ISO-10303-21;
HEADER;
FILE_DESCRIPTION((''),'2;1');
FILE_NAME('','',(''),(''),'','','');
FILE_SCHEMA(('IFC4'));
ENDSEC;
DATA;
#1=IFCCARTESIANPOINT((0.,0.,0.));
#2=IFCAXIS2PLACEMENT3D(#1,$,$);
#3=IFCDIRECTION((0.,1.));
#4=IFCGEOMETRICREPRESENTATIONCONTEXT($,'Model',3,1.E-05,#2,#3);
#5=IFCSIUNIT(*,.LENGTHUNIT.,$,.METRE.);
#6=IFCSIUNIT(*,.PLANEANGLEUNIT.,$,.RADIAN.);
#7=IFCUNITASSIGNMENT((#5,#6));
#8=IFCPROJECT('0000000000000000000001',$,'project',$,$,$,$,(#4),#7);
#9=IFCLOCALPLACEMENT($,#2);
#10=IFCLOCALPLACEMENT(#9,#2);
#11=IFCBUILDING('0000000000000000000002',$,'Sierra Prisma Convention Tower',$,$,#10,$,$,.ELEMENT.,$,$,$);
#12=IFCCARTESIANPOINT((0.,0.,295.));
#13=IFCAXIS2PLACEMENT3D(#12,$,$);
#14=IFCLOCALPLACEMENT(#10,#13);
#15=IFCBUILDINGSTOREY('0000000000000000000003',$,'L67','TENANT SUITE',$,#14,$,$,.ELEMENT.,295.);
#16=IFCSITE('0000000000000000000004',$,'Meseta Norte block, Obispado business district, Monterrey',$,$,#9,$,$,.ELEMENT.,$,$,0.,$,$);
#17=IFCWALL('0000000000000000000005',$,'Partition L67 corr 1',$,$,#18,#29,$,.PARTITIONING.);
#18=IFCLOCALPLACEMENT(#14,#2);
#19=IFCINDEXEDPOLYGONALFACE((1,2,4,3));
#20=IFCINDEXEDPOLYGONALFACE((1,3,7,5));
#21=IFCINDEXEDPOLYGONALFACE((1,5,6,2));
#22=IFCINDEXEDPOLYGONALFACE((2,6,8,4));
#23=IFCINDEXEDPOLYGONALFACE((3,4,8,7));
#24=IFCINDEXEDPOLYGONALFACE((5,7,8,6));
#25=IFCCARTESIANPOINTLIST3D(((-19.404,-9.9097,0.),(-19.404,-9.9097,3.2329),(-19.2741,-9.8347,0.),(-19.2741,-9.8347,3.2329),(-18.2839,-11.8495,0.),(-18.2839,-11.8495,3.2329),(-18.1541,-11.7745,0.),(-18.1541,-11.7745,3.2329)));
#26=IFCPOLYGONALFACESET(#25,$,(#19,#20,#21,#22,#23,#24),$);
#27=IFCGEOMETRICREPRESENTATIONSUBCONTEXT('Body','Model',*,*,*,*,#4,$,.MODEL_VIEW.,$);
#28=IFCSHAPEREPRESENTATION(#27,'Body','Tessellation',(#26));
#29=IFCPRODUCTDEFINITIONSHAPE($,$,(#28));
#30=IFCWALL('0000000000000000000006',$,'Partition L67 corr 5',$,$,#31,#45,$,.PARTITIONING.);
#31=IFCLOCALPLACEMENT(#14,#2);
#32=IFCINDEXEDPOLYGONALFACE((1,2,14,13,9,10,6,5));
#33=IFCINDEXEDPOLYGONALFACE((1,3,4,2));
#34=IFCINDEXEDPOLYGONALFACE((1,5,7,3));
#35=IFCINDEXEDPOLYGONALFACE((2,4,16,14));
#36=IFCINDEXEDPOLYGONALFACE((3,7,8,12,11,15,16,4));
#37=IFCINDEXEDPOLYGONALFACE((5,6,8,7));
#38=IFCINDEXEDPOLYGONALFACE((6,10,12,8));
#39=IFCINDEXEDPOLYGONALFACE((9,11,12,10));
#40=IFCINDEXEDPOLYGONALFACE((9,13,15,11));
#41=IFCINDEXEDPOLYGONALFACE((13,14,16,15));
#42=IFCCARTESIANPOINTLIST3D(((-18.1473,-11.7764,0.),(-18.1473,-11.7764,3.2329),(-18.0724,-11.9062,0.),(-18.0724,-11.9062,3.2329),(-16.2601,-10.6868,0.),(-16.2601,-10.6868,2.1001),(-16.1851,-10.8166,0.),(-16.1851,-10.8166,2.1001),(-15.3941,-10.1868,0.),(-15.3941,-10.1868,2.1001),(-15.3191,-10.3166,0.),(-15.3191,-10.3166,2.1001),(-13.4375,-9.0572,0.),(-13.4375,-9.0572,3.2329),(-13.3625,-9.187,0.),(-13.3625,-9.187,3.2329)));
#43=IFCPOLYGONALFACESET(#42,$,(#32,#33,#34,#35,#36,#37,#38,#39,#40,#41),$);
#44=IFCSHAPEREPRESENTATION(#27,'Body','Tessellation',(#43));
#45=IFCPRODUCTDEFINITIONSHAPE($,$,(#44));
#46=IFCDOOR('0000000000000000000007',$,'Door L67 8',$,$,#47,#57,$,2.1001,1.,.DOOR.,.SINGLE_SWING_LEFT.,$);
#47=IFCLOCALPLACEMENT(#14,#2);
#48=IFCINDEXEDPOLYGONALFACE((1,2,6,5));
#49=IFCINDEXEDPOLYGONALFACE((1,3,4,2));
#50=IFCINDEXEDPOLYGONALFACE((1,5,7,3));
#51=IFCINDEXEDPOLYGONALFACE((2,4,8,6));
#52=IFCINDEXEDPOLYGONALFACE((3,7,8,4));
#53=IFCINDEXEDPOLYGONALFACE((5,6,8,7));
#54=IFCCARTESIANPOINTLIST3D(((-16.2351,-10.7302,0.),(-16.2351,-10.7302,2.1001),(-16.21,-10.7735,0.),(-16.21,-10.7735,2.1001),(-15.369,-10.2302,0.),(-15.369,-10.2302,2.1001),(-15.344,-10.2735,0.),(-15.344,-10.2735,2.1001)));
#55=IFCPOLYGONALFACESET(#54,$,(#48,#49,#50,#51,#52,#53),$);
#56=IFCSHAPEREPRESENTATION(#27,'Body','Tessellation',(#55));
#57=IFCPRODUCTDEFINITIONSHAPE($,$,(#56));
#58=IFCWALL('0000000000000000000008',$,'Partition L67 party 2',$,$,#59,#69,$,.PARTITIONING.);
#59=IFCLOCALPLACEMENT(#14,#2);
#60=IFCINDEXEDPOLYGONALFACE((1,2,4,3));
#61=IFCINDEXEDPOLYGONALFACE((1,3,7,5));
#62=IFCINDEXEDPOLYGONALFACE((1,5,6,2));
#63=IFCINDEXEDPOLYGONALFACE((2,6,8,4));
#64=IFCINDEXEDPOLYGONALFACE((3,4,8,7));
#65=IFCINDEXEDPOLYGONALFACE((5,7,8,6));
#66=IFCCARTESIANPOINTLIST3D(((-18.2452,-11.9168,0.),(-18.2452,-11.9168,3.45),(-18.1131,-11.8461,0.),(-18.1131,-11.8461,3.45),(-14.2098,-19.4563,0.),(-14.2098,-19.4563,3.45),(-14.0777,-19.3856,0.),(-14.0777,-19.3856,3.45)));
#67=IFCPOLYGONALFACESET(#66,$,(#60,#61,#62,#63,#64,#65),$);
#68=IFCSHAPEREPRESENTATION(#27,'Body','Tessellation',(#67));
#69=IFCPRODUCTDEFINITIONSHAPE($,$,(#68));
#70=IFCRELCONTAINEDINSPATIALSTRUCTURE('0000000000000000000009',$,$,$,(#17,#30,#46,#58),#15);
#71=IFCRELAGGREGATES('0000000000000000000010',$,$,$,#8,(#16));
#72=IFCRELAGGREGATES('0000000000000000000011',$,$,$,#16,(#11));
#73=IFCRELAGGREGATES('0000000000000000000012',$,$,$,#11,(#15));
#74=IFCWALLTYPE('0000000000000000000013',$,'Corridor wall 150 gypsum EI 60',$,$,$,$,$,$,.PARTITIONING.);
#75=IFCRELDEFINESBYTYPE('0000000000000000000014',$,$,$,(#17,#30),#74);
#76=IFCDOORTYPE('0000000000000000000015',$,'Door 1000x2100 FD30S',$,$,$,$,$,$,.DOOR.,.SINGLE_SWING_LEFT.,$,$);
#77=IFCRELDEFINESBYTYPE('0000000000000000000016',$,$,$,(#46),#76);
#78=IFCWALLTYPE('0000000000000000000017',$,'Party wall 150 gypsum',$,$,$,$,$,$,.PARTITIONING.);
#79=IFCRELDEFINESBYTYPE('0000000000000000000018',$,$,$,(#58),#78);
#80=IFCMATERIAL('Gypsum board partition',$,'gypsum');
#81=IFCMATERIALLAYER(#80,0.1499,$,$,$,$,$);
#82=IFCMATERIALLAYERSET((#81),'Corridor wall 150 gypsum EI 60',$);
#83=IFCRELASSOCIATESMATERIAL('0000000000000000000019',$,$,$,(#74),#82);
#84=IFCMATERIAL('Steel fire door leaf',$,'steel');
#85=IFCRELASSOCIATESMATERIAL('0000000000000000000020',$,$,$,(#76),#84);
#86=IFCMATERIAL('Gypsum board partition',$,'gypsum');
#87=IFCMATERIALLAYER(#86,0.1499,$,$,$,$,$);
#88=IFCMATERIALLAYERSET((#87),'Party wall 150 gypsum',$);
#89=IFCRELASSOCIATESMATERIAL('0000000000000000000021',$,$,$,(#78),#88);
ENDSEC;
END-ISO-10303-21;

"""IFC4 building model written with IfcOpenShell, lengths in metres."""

from ifc_helpers import new_model, si_unit, direction, frame, frame_2d, origin, place, context, subcontext, project, spatial, rectangle, extrude, material, layer, layer_set, type_object, element, fill, save


model = new_model("IFC4")

# Units and contexts
model_context = context("Model", 3, precision=1e-05, world=origin(), true_north=direction((0.0, 1.0)))
body_context = subcontext(model_context, "Body", "Model", "MODEL_VIEW")
ifc_project = project(units=[si_unit("LENGTHUNIT", "METRE"), si_unit("PLANEANGLEUNIT", "RADIAN")], contexts=[model_context])

# Site, building, storey
site_placement = place(None, origin())
site = spatial("IfcSite", under=ifc_project, at=site_placement, Name="Meseta Norte block, Obispado business district, Monterrey", CompositionType="ELEMENT", RefElevation=0.0)
building_placement = place(site_placement, origin())
building = spatial("IfcBuilding", under=site, at=building_placement, Name="Sierra Prisma Convention Tower", CompositionType="ELEMENT")
storey_placement = place(building_placement, frame((0.0, 0.0, 295.0)))
storey = spatial("IfcBuildingStorey", under=building, at=storey_placement, Name="L67", Description="TENANT SUITE", CompositionType="ELEMENT", Elevation=295.0)

# Wall
ifc_material_1 = material(Name="Gypsum board partition", Category="gypsum")
ifc_layer_1 = layer(ifc_material_1, 0.1499)
ifc_layer_set_1 = layer_set([ifc_layer_1], Name="Corridor wall 150 gypsum EI 60")
wall_type_1 = type_object("IfcWallType", Name="Corridor wall 150 gypsum EI 60", PredefinedType="PARTITIONING", material=ifc_layer_set_1)
wall_1_placement = place(storey_placement, frame((-19.3391, -9.8721, 0.0), z_axis=(0.0, 0.0, 1.0), x_axis=(0.500031, -0.866008, 0.0)))
element("IfcWall", 1, at=wall_1_placement, inside=storey, type_object=wall_type_1, Name="Partition L67 corr 1", PredefinedType="PARTITIONING", context=body_context, shape_type="SweptSolid", body=[
    extrude(rectangle(XDim=2.24, YDim=0.1499, at=frame_2d((1.1201, 0.0))), origin(), (0.0, 0.0, 1.0), 3.2329),
])

# Wall, opening, door
wall_2_placement = place(storey_placement, frame((-18.1099, -11.8413, 0.0), z_axis=(0.0, 0.0, 1.0), x_axis=(0.86603, 0.499992, 0.0)))
wall_2 = element("IfcWall", 2, at=wall_2_placement, inside=storey, type_object=wall_type_1, Name="Partition L67 corr 5", PredefinedType="PARTITIONING", context=body_context, shape_type="SweptSolid", body=[
    extrude(rectangle(XDim=5.4385, YDim=0.1499, at=frame_2d((2.7192, 0.0))), origin(), (0.0, 0.0, 1.0), 3.2329),
])
opening_placement = place(wall_2_placement, frame((2.1792, 0.0, 0.0)))
opening = element("IfcOpeningElement", 3, at=opening_placement, cuts=wall_2, PredefinedType="OPENING", context=body_context, shape_type="SweptSolid", body=[
    extrude(rectangle(XDim=1.0, YDim=2.1001, at=frame_2d((0.5, 1.05))), frame((0.0, 0.075, 0.0), z_axis=(0.0, -1.0, 0.0), x_axis=(1.0, 0.0, 0.0)), (0.0, 0.0, 1.0), 0.1499),
])
ifc_material_2 = material(Name="Steel fire door leaf", Category="steel")
door_type = type_object("IfcDoorType", Name="Door 1000x2100 FD30S", OperationType="SINGLE_SWING_LEFT", PredefinedType="DOOR", material=ifc_material_2)
door_placement = place(opening_placement, origin())
door = element("IfcDoor", 4, at=door_placement, inside=storey, type_object=door_type, Name="Door L67 8", OperationType="SINGLE_SWING_LEFT", OverallHeight=2.1001, OverallWidth=1.0, PredefinedType="DOOR", context=body_context, shape_type="SweptSolid", body=[
    extrude(rectangle(XDim=1.0, YDim=2.1001, at=frame_2d((0.5, 1.05))), frame((0.0, 0.0249, 0.0), z_axis=(0.0, -1.0, 0.0), x_axis=(1.0, 0.0, 0.0)), (0.0, 0.0, 1.0), 0.05),
])
fill(opening, door)

# Wall
ifc_material_3 = material(Name="Gypsum board partition", Category="gypsum")
ifc_layer_2 = layer(ifc_material_3, 0.1499)
ifc_layer_set_2 = layer_set([ifc_layer_2], Name="Party wall 150 gypsum")
wall_type_2 = type_object("IfcWallType", Name="Party wall 150 gypsum", PredefinedType="PARTITIONING", material=ifc_layer_set_2)
wall_3_placement = place(storey_placement, frame((-18.1792, -11.8813, 0.0), z_axis=(0.0, 0.0, 1.0), x_axis=(0.47189, -0.881657, 0.0)))
element("IfcWall", 5, at=wall_3_placement, inside=storey, type_object=wall_type_2, Name="Partition L67 party 2", PredefinedType="PARTITIONING", context=body_context, shape_type="SweptSolid", body=[
    extrude(rectangle(XDim=8.5515, YDim=0.1499, at=frame_2d((4.2759, 0.0))), origin(), (0.0, 0.0, 1.0), 3.45),
])

save(model, "model.ifc")
